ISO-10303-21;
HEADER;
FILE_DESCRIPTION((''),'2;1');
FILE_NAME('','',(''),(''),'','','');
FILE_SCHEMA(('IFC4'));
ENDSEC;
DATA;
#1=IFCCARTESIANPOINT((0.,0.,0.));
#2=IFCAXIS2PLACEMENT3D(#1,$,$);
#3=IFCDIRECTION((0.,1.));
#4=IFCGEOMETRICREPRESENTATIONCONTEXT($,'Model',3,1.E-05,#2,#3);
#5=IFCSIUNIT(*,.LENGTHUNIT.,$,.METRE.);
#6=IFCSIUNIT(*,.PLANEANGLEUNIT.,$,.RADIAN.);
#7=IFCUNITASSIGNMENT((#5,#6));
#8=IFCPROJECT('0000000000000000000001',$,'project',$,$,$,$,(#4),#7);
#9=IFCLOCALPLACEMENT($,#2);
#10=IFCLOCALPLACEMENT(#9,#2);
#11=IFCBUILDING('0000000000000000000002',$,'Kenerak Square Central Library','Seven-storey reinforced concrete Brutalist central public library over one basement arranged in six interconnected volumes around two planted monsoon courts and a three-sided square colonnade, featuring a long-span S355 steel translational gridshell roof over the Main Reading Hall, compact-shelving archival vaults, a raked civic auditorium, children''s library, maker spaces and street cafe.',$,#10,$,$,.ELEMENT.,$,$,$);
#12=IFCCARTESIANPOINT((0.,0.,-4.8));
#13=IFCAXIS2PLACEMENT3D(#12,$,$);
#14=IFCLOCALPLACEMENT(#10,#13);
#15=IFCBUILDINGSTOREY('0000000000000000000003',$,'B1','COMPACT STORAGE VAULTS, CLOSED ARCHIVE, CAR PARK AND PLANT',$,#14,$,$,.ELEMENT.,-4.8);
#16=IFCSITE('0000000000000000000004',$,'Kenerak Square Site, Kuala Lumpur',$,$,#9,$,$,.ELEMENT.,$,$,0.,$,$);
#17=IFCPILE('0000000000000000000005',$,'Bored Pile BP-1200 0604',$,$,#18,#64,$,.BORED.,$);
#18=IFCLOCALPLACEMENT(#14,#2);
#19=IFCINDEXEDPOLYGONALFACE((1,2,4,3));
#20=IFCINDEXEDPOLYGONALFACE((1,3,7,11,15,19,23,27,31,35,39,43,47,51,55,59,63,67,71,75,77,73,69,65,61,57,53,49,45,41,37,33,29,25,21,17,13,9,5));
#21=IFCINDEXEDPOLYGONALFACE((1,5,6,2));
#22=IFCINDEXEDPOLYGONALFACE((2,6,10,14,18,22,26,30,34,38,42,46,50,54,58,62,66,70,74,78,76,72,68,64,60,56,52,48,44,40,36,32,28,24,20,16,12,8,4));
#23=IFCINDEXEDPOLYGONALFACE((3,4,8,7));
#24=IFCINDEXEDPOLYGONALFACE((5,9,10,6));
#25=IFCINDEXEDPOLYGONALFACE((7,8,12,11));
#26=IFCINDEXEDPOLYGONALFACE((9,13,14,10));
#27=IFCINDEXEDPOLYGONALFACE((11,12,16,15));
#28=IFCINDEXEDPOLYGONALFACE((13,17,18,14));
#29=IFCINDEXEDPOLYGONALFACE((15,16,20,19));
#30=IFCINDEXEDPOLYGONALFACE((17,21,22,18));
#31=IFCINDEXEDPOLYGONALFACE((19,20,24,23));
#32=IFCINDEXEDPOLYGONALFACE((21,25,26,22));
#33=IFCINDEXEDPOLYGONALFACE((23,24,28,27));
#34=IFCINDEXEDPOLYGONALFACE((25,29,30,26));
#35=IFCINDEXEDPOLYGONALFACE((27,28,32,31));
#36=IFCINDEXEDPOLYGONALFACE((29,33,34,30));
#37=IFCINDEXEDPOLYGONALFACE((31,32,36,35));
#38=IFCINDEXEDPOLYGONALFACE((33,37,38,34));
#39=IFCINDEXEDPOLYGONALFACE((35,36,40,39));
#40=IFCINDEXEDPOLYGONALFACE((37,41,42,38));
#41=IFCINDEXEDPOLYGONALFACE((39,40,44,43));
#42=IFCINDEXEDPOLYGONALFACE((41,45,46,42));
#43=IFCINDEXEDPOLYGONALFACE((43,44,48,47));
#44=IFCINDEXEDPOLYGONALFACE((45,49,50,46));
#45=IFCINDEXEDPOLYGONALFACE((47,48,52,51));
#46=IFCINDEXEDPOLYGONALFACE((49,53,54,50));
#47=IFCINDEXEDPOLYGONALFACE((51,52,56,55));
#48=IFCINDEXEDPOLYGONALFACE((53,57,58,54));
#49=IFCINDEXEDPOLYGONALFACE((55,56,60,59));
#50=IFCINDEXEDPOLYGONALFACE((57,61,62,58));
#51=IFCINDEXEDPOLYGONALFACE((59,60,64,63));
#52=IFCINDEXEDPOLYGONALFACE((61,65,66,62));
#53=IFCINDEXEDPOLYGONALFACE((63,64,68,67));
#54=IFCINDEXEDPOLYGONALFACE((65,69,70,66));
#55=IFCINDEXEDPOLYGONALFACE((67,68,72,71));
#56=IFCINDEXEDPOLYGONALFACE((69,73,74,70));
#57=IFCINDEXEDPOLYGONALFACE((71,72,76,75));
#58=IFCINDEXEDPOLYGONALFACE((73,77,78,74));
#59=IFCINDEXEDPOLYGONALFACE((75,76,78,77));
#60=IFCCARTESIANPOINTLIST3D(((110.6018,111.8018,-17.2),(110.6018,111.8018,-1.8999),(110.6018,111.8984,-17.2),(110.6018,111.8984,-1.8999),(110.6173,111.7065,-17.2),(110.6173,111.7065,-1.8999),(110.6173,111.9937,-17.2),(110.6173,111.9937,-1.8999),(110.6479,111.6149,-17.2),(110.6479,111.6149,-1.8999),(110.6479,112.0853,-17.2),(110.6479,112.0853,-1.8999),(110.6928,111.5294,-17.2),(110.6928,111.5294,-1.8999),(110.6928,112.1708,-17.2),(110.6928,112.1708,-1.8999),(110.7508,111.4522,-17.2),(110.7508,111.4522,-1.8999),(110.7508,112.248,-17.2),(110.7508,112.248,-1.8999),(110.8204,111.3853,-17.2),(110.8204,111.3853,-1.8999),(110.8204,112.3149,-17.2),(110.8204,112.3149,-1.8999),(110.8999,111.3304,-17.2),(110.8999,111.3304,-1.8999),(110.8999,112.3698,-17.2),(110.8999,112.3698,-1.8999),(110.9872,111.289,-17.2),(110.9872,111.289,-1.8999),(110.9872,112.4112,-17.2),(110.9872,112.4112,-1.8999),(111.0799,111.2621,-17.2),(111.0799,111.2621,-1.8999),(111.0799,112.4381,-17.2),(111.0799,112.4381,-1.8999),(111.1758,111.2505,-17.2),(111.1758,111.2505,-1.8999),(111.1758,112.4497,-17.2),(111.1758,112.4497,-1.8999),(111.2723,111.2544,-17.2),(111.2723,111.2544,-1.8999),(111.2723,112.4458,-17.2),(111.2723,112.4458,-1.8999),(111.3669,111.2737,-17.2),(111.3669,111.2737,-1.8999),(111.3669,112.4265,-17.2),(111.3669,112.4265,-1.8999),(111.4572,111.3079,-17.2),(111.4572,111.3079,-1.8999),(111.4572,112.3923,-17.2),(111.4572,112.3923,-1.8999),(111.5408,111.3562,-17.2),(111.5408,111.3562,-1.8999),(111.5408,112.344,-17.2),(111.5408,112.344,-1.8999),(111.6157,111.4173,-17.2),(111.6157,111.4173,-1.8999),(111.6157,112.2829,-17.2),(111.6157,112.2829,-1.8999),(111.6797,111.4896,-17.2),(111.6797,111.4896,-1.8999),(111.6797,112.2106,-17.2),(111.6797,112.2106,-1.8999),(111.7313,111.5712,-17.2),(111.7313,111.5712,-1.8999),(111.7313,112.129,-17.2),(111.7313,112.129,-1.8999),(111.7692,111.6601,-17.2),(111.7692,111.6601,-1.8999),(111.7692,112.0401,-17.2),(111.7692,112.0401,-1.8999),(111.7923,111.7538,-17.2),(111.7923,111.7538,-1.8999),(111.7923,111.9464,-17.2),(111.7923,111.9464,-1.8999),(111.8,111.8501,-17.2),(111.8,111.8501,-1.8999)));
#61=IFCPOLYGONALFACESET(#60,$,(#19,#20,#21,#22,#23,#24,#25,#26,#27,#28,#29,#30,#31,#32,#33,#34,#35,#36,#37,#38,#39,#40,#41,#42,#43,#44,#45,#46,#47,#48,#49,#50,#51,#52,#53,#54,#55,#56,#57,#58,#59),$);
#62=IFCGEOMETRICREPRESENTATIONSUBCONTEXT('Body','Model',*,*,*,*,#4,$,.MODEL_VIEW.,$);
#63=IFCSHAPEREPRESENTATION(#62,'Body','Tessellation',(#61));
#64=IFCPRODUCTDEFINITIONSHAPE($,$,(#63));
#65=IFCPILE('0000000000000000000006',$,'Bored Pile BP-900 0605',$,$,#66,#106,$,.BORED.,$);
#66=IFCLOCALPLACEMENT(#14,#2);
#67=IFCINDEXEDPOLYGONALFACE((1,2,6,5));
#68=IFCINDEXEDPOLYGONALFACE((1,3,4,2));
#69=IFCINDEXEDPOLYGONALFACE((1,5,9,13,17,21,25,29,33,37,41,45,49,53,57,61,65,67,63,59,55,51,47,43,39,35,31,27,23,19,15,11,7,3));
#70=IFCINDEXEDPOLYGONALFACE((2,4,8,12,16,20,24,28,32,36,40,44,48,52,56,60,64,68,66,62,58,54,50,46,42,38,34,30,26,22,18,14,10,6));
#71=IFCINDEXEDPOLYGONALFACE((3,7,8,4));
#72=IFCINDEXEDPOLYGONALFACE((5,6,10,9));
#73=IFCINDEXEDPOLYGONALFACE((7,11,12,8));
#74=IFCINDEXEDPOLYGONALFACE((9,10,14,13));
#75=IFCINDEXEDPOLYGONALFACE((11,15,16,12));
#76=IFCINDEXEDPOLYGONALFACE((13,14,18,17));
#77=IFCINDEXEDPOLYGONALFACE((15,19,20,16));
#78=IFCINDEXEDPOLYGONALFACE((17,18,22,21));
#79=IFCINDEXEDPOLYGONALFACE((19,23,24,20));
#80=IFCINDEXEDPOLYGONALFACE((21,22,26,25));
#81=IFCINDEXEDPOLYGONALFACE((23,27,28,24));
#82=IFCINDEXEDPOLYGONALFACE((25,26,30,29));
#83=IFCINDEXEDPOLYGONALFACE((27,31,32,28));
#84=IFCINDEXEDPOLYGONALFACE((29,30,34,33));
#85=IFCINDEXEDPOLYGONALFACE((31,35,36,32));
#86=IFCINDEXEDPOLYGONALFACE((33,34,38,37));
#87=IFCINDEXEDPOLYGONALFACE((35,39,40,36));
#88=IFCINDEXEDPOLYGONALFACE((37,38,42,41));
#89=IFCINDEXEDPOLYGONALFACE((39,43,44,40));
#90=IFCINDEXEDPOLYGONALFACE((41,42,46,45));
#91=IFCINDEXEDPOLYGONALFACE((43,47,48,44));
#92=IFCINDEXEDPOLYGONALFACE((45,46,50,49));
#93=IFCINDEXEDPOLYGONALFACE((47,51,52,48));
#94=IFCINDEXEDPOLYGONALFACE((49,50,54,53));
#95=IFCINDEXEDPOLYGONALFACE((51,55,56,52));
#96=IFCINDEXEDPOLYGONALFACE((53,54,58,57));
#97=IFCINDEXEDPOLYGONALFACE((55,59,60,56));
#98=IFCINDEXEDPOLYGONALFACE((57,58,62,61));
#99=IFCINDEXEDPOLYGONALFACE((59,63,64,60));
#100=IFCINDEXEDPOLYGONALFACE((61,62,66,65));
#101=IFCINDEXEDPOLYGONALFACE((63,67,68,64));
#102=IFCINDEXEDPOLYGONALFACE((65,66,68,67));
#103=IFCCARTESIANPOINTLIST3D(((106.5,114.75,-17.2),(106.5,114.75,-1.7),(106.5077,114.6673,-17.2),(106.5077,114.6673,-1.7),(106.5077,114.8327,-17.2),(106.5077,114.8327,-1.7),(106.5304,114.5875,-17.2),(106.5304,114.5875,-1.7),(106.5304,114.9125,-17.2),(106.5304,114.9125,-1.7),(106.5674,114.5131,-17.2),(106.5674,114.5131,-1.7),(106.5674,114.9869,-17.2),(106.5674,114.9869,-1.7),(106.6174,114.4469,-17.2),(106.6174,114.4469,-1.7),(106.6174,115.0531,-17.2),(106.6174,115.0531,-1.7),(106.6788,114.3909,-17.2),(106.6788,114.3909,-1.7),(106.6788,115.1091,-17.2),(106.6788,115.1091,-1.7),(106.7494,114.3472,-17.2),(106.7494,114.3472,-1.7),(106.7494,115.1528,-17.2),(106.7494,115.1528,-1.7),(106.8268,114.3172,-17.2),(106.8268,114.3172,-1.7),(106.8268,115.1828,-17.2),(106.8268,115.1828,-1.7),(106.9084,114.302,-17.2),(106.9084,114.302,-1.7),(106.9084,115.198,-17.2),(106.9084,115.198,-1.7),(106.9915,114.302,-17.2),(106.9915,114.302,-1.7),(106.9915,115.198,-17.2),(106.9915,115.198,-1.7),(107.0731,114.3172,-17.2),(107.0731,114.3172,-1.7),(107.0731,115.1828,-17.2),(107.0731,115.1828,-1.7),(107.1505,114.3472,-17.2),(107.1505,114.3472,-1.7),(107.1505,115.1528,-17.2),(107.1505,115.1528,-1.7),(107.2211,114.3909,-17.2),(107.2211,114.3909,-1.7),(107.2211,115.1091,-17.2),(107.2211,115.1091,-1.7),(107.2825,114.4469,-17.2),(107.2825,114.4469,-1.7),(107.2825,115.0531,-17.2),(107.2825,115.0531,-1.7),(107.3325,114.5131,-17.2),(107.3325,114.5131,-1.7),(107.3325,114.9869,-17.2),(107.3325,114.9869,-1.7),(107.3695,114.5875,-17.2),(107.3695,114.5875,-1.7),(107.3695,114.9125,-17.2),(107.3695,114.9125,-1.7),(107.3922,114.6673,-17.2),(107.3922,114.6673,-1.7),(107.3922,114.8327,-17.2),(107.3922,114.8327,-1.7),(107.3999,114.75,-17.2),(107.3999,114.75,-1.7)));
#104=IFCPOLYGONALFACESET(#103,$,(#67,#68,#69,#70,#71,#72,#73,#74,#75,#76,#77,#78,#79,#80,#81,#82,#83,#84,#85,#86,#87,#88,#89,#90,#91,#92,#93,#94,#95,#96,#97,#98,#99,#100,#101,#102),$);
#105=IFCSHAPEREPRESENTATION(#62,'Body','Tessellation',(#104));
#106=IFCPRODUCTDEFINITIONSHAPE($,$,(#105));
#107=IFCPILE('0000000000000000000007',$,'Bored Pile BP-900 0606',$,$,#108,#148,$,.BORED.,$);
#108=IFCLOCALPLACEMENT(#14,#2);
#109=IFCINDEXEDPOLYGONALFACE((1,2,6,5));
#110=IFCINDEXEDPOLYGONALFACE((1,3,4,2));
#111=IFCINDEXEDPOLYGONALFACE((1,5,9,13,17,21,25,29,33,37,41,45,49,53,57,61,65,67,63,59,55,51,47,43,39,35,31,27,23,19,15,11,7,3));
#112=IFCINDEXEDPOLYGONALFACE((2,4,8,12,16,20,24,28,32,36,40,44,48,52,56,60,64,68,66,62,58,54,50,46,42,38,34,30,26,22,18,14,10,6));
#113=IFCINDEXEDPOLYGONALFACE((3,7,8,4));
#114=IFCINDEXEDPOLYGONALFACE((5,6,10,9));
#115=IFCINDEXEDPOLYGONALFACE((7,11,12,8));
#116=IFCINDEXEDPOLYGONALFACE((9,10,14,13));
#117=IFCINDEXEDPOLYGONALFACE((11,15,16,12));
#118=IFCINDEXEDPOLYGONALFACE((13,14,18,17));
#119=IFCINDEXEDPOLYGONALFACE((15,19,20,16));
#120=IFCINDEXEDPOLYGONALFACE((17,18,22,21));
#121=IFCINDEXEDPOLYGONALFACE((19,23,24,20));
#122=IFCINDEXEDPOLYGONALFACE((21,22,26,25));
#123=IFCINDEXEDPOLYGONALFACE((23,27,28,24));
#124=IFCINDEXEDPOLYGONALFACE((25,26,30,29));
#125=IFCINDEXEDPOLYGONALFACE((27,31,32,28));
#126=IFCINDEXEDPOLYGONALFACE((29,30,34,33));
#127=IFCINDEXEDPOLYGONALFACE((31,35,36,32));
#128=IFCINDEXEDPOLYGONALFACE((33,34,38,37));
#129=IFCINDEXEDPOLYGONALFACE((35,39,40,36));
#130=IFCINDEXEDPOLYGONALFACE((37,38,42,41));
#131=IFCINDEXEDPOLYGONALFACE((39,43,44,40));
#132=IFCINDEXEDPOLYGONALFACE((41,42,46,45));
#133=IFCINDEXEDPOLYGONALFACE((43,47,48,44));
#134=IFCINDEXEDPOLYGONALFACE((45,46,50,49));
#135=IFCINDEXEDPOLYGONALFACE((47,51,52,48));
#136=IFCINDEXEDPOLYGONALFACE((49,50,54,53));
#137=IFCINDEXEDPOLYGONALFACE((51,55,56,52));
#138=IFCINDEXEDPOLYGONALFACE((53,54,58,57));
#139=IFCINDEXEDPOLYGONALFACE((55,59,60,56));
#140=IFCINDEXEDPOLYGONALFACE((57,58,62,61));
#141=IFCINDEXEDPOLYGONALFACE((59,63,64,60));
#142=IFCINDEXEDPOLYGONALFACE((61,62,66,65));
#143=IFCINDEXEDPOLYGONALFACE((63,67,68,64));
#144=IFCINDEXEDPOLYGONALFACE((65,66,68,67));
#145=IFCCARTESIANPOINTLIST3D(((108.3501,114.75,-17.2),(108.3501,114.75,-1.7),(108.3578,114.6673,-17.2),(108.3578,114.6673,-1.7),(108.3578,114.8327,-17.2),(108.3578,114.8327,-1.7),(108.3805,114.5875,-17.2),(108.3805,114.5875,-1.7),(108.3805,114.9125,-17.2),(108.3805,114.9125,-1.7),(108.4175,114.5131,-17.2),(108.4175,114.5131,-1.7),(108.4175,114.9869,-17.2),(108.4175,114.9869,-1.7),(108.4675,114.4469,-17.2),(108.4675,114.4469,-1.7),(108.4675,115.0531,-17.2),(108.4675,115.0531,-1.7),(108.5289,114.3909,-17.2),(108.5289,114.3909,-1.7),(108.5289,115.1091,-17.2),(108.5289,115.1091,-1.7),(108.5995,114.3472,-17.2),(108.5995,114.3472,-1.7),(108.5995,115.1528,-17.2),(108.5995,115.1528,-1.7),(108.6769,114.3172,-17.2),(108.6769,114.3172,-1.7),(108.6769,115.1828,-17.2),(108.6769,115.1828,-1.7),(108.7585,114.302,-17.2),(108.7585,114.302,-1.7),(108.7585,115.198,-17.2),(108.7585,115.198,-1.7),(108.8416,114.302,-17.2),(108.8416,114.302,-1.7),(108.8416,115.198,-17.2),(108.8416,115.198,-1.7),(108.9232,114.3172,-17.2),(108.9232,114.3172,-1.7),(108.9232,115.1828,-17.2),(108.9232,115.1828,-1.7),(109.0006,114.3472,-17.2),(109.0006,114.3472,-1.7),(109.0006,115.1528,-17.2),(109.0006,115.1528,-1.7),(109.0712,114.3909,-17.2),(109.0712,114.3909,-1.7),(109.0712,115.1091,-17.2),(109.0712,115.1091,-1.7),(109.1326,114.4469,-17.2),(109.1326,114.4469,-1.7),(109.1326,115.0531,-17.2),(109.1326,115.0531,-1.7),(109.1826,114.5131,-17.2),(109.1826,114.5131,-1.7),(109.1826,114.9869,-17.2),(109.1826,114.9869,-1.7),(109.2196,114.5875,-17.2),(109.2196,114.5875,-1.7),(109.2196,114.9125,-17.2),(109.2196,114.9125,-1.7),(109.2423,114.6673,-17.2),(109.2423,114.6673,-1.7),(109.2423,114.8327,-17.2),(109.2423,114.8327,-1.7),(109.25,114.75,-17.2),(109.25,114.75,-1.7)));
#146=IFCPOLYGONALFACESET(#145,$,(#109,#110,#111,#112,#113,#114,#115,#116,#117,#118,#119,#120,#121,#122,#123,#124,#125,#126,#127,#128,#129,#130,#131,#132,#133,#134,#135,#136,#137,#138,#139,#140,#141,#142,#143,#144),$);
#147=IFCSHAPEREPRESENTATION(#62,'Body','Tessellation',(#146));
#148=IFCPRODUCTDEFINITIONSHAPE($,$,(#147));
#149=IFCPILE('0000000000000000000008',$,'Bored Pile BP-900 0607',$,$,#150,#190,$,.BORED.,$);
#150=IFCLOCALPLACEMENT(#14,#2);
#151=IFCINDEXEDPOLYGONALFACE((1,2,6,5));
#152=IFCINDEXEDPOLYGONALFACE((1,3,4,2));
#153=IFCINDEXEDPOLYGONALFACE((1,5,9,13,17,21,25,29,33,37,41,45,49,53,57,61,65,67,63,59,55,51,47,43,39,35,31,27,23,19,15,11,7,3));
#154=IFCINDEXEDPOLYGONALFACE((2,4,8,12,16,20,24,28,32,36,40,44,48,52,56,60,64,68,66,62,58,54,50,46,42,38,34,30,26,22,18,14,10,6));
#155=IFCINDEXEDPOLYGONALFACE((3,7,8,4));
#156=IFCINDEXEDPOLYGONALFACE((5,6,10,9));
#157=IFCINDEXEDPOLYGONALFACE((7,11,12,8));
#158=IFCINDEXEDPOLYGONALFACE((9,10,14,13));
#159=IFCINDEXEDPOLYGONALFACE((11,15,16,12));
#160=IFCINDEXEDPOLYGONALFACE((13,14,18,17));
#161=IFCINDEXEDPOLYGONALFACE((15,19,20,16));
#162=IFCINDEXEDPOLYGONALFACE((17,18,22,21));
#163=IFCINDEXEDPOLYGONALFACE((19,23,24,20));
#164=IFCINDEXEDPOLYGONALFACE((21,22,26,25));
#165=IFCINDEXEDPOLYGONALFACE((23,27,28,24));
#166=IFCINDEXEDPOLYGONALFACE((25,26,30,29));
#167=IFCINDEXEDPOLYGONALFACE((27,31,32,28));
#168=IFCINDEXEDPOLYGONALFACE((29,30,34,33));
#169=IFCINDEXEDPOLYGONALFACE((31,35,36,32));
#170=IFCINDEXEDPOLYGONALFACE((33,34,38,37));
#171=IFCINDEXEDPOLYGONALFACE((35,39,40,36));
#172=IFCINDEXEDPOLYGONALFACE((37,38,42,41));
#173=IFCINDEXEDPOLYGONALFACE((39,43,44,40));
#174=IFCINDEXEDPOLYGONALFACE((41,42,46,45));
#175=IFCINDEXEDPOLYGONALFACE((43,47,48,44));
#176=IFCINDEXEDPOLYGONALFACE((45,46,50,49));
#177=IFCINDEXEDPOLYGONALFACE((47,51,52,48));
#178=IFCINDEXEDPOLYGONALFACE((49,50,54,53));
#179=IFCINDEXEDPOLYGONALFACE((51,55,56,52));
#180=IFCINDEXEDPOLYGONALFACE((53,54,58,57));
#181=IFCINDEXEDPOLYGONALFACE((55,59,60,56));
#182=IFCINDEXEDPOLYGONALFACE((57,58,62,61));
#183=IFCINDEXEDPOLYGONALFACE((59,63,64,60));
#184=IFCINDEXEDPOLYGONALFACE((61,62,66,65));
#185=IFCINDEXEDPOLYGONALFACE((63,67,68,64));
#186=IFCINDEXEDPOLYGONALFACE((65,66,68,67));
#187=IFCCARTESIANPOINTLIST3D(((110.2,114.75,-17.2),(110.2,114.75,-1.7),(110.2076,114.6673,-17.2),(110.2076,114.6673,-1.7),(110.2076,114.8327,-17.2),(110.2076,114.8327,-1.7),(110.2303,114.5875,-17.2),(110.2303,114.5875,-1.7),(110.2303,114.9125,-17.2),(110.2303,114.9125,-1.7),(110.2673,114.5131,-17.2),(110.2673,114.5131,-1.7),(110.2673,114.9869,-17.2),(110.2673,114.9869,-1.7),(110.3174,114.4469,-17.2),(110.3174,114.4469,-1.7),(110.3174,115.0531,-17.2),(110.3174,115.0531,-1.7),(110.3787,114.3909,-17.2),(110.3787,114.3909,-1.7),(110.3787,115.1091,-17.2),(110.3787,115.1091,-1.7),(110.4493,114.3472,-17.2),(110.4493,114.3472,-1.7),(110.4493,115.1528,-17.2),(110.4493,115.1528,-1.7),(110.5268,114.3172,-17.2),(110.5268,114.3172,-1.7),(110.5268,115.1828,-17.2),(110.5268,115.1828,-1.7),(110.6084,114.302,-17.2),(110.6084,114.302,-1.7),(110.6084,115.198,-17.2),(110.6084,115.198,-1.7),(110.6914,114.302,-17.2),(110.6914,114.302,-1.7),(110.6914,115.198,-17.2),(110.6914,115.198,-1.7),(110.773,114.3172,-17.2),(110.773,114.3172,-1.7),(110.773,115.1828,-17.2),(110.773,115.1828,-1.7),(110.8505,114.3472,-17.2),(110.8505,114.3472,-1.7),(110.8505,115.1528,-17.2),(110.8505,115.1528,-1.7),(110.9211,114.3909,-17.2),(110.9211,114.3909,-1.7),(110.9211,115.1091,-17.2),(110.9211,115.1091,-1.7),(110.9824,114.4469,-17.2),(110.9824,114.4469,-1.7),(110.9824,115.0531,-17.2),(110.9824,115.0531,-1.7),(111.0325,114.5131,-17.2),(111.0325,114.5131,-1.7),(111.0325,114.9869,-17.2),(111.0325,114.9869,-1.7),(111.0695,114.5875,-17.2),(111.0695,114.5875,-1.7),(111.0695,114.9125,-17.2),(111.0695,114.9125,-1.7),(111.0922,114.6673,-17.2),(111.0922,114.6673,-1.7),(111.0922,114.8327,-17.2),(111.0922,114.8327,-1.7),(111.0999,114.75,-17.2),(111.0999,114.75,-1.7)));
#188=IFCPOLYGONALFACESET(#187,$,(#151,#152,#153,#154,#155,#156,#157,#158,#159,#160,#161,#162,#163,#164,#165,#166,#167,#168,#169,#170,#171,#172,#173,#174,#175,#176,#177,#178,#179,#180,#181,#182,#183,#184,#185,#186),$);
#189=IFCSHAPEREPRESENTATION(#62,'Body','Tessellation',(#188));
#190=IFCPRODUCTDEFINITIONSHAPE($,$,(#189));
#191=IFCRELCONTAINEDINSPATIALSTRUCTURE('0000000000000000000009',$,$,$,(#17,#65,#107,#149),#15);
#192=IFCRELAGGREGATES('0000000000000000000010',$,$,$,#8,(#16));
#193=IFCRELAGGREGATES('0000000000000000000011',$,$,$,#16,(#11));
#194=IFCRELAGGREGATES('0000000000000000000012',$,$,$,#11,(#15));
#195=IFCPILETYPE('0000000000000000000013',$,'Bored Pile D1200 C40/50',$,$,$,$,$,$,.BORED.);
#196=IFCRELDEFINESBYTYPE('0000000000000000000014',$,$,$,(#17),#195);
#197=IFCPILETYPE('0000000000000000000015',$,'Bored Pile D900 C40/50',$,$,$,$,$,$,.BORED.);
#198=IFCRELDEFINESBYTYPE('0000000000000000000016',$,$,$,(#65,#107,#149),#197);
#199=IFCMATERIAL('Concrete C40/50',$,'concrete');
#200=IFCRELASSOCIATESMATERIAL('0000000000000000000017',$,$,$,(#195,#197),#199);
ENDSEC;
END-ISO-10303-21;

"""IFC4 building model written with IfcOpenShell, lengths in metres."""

from ifc_helpers import new_model, si_unit, direction, frame, origin, origin_2d, place, context, subcontext, project, spatial, circle, extrude, material, material_profile, profile_set, type_object, element, save


model = new_model("IFC4")

# Units and contexts
model_context = context("Model", 3, precision=1e-05, world=origin(), true_north=direction((0.0, 1.0)))
body_context = subcontext(model_context, "Body", "Model", "MODEL_VIEW")
ifc_project = project(units=[si_unit("LENGTHUNIT", "METRE"), si_unit("PLANEANGLEUNIT", "RADIAN")], contexts=[model_context])

# Site, building, storey
site_placement = place(None, origin())
site = spatial("IfcSite", under=ifc_project, at=site_placement, Name="Kenerak Square Site, Kuala Lumpur", CompositionType="ELEMENT", RefElevation=0.0)
building_placement = place(site_placement, origin())
building = spatial("IfcBuilding", under=site, at=building_placement, Name="Kenerak Square Central Library", Description="Seven-storey reinforced concrete Brutalist central public library over one basement arranged in six interconnected volumes around two planted monsoon courts and a three-sided square colonnade, featuring a long-span S355 steel translational gridshell roof over the Main Reading Hall, compact-shelving archival vaults, a raked civic auditorium, children's library, maker spaces and street cafe.", CompositionType="ELEMENT")
storey_placement = place(building_placement, frame((0.0, 0.0, -4.8)))
storey = spatial("IfcBuildingStorey", under=building, at=storey_placement, Name="B1", Description="COMPACT STORAGE VAULTS, CLOSED ARCHIVE, CAR PARK AND PLANT", CompositionType="ELEMENT", Elevation=-4.8)

# Piles
ifc_material_1 = material(Name="Concrete C40/50", Category="concrete")
ifc_material_profile_1 = material_profile(ifc_material_1, circle(Radius=0.6001, at=origin_2d()), Name="BP D1200")
ifc_profile_set_1 = profile_set([ifc_material_profile_1], Name="Concrete C40/50")
pile_type_1 = type_object("IfcPileType", Name="Bored Pile D1200 C40/50", PredefinedType="BORED", material=ifc_profile_set_1)
for number, where, z_axis, x_axis, name in (
    (1, (111.2, 111.8501, -1.8999), (0.0, 0.0, -1.0), (1.0, 0.0, 0.0), "Bored Pile BP-1200 0604"),
):
    element("IfcPile", number, at=place(storey_placement, frame(where, z_axis=z_axis, x_axis=x_axis)), inside=storey, type_object=pile_type_1, Name=name, PredefinedType="BORED", context=body_context, shape_type="SweptSolid", body=[
        extrude(circle(Radius=0.6001, at=origin_2d()), origin(), (0.0, 0.0, 1.0), 15.3),
    ])
ifc_material_profile_2 = material_profile(ifc_material_1, circle(Radius=0.45, at=origin_2d()), Name="BP D900")
ifc_profile_set_2 = profile_set([ifc_material_profile_2], Name="Concrete C40/50")
pile_type_2 = type_object("IfcPileType", Name="Bored Pile D900 C40/50", PredefinedType="BORED", material=ifc_profile_set_2)
for number, where, z_axis, x_axis, name in (
    (2, (106.95, 114.75, -1.7), (0.0, 0.0, -1.0), (1.0, 0.0, 0.0), "Bored Pile BP-900 0605"),
    (3, (108.8, 114.75, -1.7), (0.0, 0.0, -1.0), (1.0, 0.0, 0.0), "Bored Pile BP-900 0606"),
    (4, (110.6499, 114.75, -1.7), (0.0, 0.0, -1.0), (1.0, 0.0, 0.0), "Bored Pile BP-900 0607"),
):
    element("IfcPile", number, at=place(storey_placement, frame(where, z_axis=z_axis, x_axis=x_axis)), inside=storey, type_object=pile_type_2, Name=name, PredefinedType="BORED", context=body_context, shape_type="SweptSolid", body=[
        extrude(circle(Radius=0.45, at=origin_2d()), origin(), (0.0, 0.0, 1.0), 15.5),
    ])

save(model, "model.ifc")
